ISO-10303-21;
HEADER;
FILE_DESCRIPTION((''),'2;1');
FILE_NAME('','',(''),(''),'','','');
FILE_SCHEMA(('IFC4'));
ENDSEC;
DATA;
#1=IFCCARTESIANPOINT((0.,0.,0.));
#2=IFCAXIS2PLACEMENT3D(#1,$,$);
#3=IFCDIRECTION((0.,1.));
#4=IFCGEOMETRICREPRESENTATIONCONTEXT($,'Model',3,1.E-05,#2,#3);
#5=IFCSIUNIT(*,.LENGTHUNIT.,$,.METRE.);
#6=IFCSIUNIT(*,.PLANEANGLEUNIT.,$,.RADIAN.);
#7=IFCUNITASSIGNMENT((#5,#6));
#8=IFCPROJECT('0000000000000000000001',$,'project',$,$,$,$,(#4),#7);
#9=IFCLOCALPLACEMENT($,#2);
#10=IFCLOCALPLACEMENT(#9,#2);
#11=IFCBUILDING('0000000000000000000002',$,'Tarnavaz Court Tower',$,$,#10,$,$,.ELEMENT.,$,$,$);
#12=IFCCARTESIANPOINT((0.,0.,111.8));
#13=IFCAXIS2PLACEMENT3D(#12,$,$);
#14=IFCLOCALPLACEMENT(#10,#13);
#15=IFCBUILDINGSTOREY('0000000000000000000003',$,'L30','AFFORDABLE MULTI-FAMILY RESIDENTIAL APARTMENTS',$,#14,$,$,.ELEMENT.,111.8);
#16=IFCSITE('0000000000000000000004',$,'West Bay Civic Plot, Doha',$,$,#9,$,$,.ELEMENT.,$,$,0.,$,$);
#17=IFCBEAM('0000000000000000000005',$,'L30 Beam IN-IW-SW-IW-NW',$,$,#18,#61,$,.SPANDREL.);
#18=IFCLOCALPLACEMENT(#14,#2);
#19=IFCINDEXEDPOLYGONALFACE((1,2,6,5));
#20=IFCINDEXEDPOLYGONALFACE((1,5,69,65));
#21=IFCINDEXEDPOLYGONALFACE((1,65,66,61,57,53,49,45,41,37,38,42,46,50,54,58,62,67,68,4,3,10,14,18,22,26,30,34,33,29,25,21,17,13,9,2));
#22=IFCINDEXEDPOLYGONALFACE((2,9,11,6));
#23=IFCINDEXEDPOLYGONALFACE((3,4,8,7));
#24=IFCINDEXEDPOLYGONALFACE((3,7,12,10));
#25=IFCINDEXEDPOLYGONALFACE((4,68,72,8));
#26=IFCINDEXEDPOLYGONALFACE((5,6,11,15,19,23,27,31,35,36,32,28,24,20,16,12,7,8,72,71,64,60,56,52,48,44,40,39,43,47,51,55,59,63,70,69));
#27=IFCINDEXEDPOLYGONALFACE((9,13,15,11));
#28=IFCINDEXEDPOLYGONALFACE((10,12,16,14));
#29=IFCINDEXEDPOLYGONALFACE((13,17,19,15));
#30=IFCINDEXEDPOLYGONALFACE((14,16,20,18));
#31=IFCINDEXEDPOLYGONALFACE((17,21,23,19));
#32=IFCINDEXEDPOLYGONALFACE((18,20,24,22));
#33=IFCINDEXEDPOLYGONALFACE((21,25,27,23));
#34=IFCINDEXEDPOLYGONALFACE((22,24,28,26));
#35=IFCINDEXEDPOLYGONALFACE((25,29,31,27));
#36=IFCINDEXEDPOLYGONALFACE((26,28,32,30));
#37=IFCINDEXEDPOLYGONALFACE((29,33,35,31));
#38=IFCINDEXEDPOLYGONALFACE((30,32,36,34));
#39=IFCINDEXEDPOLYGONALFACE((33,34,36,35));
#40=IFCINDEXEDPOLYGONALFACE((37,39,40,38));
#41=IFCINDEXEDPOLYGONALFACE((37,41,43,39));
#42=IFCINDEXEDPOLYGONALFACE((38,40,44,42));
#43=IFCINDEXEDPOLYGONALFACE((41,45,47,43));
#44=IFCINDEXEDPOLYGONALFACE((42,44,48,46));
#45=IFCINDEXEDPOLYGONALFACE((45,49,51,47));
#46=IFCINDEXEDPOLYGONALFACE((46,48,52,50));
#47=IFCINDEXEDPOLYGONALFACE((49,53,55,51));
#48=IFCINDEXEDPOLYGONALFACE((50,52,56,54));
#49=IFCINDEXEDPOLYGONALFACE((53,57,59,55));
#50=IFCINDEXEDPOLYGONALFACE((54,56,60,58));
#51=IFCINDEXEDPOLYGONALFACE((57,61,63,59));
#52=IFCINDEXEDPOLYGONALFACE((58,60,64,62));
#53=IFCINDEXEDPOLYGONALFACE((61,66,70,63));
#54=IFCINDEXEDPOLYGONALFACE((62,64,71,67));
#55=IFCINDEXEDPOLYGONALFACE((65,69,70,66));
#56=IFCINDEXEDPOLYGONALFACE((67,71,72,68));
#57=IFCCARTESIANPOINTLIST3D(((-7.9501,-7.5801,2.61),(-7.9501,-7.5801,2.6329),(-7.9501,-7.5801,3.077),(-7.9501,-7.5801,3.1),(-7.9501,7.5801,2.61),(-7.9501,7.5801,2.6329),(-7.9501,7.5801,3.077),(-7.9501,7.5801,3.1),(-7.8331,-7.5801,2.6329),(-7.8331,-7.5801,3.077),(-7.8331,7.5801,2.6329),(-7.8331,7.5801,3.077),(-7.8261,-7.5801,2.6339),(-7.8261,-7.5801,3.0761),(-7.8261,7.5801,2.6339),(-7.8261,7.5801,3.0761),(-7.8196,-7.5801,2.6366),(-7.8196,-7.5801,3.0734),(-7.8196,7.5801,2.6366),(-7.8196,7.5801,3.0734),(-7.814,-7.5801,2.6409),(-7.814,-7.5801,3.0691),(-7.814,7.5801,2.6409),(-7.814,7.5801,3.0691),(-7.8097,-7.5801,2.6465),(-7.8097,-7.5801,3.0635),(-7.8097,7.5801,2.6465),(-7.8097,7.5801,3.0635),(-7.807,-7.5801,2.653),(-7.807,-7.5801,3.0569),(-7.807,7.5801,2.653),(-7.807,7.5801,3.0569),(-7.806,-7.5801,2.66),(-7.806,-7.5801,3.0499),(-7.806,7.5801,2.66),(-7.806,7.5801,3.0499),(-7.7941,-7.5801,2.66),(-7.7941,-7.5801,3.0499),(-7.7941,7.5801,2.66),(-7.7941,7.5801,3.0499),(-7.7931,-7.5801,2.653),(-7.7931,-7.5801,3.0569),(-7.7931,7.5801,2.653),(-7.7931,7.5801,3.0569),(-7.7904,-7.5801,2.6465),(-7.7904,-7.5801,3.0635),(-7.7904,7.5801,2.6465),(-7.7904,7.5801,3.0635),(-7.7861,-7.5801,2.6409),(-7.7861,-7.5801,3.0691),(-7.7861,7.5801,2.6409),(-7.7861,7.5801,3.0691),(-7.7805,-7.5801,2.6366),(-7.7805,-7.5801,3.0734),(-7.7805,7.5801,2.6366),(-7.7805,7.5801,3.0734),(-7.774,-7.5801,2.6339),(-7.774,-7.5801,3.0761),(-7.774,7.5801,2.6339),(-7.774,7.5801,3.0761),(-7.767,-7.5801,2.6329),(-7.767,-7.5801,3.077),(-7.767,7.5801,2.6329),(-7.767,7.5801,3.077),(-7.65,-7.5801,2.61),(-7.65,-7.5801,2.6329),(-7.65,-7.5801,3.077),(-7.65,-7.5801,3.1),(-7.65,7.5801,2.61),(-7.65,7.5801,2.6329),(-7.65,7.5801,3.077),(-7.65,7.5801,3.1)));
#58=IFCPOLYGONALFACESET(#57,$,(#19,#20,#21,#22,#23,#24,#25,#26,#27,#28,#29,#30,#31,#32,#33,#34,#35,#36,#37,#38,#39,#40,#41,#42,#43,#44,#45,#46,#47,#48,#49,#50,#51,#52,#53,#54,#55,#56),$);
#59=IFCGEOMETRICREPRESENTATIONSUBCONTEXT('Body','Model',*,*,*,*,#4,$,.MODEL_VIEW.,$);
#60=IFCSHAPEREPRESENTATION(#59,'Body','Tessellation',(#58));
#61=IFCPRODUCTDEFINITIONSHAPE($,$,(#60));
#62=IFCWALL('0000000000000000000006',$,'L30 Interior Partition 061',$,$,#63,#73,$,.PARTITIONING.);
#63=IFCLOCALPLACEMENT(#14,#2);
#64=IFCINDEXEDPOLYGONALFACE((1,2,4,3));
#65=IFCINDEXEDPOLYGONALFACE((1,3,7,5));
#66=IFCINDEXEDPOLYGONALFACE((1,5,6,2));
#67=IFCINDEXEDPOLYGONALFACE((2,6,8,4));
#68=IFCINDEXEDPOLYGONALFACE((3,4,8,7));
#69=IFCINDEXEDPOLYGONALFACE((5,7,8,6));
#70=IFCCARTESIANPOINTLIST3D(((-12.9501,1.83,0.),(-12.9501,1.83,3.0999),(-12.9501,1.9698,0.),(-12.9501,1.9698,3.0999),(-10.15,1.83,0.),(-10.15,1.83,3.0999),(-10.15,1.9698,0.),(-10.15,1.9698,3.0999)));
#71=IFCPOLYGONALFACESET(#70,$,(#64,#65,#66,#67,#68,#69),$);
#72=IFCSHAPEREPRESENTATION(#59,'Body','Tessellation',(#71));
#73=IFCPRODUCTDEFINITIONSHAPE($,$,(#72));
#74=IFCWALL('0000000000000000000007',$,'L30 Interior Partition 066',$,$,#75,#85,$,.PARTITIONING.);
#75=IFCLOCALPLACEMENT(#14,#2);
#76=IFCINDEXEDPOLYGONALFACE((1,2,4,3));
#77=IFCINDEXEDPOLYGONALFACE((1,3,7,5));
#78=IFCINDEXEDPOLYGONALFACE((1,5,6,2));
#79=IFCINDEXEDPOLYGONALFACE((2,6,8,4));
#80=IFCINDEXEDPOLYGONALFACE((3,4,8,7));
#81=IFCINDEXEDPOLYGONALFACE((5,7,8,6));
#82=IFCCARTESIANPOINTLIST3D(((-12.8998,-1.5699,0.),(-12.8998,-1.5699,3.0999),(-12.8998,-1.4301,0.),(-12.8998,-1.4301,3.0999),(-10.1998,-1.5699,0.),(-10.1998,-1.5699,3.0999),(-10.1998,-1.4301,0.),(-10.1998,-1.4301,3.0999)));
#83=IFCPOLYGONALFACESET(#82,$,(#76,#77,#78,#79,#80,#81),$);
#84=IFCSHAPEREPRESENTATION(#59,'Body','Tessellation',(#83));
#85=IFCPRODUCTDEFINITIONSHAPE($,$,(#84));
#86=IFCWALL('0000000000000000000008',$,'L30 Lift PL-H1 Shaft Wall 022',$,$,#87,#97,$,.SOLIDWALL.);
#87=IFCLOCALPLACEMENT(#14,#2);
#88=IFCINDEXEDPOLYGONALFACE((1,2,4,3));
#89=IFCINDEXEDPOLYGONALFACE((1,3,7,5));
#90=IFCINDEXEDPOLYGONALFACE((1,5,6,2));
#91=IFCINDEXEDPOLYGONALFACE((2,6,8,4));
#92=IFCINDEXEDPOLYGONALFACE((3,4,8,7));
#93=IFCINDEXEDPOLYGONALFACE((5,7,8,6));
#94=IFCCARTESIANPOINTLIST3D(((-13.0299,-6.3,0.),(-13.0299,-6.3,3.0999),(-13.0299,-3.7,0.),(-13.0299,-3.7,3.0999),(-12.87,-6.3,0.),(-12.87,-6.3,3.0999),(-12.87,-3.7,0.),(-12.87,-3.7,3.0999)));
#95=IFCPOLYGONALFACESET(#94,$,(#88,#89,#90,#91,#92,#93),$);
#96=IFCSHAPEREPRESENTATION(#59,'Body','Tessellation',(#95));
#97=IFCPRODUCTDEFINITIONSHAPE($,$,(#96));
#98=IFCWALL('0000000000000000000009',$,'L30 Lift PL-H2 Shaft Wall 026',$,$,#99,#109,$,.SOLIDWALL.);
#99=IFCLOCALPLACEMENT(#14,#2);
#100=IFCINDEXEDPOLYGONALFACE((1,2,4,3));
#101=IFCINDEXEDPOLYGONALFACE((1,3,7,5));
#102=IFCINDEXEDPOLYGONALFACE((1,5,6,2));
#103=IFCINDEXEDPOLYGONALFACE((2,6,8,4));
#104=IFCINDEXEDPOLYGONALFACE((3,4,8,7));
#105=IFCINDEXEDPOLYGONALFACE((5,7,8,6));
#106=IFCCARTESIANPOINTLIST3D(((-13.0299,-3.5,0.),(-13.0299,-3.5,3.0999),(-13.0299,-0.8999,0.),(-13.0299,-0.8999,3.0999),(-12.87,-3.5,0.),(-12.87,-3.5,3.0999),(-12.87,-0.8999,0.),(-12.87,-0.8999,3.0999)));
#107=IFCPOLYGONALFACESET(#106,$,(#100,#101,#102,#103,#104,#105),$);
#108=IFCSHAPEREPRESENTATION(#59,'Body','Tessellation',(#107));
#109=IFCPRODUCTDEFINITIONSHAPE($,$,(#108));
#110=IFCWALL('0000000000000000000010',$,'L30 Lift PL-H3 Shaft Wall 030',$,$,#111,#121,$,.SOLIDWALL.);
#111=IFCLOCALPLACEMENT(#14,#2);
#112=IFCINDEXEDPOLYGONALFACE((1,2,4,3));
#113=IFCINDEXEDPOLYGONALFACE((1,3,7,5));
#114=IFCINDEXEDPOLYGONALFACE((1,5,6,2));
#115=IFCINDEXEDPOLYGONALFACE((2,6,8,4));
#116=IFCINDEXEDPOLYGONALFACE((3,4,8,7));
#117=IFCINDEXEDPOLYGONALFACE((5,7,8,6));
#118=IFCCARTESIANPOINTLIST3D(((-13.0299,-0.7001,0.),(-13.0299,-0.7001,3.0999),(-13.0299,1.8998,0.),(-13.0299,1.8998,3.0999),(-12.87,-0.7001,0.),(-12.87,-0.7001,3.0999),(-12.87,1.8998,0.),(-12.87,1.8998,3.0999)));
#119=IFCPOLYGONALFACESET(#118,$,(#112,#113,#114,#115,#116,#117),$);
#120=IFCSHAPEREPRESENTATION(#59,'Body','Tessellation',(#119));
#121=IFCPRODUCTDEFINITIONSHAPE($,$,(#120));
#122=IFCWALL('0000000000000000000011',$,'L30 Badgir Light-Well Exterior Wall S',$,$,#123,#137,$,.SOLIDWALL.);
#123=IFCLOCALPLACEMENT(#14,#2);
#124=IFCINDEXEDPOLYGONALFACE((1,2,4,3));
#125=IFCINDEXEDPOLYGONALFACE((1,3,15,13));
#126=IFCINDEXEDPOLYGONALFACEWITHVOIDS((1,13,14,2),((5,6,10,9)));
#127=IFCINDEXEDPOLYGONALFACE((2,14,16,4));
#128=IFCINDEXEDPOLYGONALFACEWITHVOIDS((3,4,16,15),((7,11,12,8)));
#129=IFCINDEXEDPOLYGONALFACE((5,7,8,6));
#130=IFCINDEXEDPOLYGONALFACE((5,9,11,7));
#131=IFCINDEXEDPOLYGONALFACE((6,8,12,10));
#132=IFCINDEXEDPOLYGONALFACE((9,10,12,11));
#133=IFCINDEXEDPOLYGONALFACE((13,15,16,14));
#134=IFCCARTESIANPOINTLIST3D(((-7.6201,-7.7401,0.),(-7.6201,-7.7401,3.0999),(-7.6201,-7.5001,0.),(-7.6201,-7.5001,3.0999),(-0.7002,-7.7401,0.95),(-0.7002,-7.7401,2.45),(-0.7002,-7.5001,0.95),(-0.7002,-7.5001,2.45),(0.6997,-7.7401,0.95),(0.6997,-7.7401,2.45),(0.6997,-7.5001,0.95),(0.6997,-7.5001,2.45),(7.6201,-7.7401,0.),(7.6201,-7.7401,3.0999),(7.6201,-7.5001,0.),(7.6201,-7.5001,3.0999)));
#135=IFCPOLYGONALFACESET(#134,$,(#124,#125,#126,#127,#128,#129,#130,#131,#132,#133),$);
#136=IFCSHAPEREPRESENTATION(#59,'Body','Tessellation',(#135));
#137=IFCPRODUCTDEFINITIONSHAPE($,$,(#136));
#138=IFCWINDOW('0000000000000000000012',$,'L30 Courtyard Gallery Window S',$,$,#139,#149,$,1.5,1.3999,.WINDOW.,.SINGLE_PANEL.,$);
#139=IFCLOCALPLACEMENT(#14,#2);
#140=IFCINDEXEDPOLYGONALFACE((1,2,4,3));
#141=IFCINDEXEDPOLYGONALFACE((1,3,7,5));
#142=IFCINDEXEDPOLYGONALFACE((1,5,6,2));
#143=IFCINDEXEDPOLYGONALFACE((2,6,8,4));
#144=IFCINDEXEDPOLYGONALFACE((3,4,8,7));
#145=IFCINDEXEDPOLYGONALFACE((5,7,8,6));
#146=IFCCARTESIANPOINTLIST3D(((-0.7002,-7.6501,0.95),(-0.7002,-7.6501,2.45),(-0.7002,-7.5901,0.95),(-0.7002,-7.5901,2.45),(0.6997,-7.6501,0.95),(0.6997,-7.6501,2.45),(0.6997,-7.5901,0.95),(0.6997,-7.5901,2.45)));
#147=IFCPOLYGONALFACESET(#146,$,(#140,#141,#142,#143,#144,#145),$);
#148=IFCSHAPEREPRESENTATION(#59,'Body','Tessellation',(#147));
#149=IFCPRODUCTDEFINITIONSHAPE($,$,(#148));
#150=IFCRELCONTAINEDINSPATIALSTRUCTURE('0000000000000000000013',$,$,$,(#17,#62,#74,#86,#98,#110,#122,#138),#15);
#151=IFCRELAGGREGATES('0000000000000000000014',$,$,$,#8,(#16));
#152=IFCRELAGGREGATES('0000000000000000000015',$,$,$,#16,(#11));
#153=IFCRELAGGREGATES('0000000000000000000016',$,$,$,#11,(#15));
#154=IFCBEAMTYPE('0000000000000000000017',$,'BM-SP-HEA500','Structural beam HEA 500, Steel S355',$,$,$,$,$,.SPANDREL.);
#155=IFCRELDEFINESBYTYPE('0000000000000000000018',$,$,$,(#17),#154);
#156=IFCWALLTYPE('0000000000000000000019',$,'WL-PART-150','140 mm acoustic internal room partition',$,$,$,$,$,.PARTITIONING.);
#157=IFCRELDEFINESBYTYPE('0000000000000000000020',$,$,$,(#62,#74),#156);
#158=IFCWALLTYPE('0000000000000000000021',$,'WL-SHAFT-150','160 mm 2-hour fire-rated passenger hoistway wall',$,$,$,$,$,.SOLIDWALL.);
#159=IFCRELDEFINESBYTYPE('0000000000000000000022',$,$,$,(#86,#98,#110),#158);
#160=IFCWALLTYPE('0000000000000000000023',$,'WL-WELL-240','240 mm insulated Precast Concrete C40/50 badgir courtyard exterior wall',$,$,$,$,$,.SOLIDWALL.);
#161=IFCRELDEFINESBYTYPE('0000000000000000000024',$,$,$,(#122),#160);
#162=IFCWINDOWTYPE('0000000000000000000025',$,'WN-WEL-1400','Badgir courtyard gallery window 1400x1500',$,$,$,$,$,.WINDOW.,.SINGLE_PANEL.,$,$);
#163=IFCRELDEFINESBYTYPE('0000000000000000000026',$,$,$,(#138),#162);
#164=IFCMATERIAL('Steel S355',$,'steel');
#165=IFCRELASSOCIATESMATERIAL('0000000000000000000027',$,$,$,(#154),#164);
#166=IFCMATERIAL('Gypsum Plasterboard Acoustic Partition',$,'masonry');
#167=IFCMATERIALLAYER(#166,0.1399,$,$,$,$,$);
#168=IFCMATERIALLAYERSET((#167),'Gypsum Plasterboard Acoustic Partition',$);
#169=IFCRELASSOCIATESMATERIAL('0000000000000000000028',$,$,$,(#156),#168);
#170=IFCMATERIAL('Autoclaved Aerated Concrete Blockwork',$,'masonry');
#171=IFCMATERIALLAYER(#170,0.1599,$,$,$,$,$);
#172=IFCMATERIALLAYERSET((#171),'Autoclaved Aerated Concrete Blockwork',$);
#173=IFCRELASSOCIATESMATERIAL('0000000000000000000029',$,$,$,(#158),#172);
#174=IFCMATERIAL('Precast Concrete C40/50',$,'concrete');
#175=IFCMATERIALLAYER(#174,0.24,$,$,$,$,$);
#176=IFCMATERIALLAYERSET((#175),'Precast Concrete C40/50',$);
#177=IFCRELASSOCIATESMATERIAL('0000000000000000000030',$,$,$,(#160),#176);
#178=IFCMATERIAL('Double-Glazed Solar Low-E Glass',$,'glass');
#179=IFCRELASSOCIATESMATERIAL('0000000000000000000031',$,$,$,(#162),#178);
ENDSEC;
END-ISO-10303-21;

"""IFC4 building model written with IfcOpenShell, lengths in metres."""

from ifc_helpers import new_model, si_unit, direction, frame, frame_2d, origin, origin_2d, place, context, subcontext, project, spatial, rectangle, i_section, extrude, material, layer, layer_set, material_profile, profile_set, type_object, element, fill, save


model = new_model("IFC4")

# Units and contexts
model_context = context("Model", 3, precision=1e-05, world=origin(), true_north=direction((0.0, 1.0)))
body_context = subcontext(model_context, "Body", "Model", "MODEL_VIEW")
ifc_project = project(units=[si_unit("LENGTHUNIT", "METRE"), si_unit("PLANEANGLEUNIT", "RADIAN")], contexts=[model_context])

# Site, building, storey
site_placement = place(None, origin())
site = spatial("IfcSite", under=ifc_project, at=site_placement, Name="West Bay Civic Plot, Doha", CompositionType="ELEMENT", RefElevation=0.0)
building_placement = place(site_placement, origin())
building = spatial("IfcBuilding", under=site, at=building_placement, Name="Tarnavaz Court Tower", CompositionType="ELEMENT")
storey_placement = place(building_placement, frame((0.0, 0.0, 111.8)))
storey = spatial("IfcBuildingStorey", under=building, at=storey_placement, Name="L30", Description="AFFORDABLE MULTI-FAMILY RESIDENTIAL APARTMENTS", CompositionType="ELEMENT", Elevation=111.8)

# Beam
ifc_material_1 = material(Name="Steel S355", Category="steel")
ifc_material_profile_1 = material_profile(ifc_material_1, i_section(OverallWidth=0.3, OverallDepth=0.49, WebThickness=0.012, FlangeThickness=0.0229, FilletRadius=0.0271, at=origin_2d()), Name="HEA 500")
ifc_profile_set_1 = profile_set([ifc_material_profile_1], Name="Steel S355")
beam_type_1 = type_object("IfcBeamType", Name="BM-SP-HEA500", Description="Structural beam HEA 500, Steel S355", PredefinedType="SPANDREL", material=ifc_profile_set_1)
for number, where, z_axis, x_axis, name in (
    (1, (-7.8, -7.5801, 2.855), (0.0, 1.0, 0.0), (-1.0, 0.0, 0.0), "L30 Beam IN-IW-SW-IW-NW"),
):
    element("IfcBeam", number, at=place(storey_placement, frame(where, z_axis=z_axis, x_axis=x_axis)), inside=storey, type_object=beam_type_1, Name=name, PredefinedType="SPANDREL", context=body_context, shape_type="SweptSolid", body=[
        extrude(i_section(OverallWidth=0.3, OverallDepth=0.49, WebThickness=0.012, FlangeThickness=0.0229, FilletRadius=0.0271, at=origin_2d()), origin(), (0.0, 0.0, 1.0), 15.1602),
    ])

# Wall
ifc_material_2 = material(Name="Gypsum Plasterboard Acoustic Partition", Category="masonry")
ifc_layer_1 = layer(ifc_material_2, 0.1399)
ifc_layer_set_1 = layer_set([ifc_layer_1], Name="Gypsum Plasterboard Acoustic Partition")
wall_type_1 = type_object("IfcWallType", Name="WL-PART-150", Description="140 mm acoustic internal room partition", PredefinedType="PARTITIONING", material=ifc_layer_set_1)
wall_1_placement = place(storey_placement, frame((-12.95, 1.8999, 0.0), z_axis=(0.0, 0.0, 1.0), x_axis=(1.0, 0.0, 0.0)))
element("IfcWall", 2, at=wall_1_placement, inside=storey, type_object=wall_type_1, Name="L30 Interior Partition 061", PredefinedType="PARTITIONING", context=body_context, shape_type="SweptSolid", body=[
    extrude(rectangle(XDim=2.8, YDim=0.1399, at=frame_2d((1.3999, 0.0))), origin(), (0.0, 0.0, 1.0), 3.0999),
])

# Walls
wall_2_placement = place(storey_placement, frame((-12.8999, -1.5, 0.0), z_axis=(0.0, 0.0, 1.0), x_axis=(1.0, 0.0, 0.0)))
element("IfcWall", 3, at=wall_2_placement, inside=storey, type_object=wall_type_1, Name="L30 Interior Partition 066", PredefinedType="PARTITIONING", context=body_context, shape_type="SweptSolid", body=[
    extrude(rectangle(XDim=2.7, YDim=0.1399, at=frame_2d((1.3501, 0.0))), origin(), (0.0, 0.0, 1.0), 3.0999),
])
ifc_material_3 = material(Name="Autoclaved Aerated Concrete Blockwork", Category="masonry")
ifc_layer_2 = layer(ifc_material_3, 0.1599)
ifc_layer_set_2 = layer_set([ifc_layer_2], Name="Autoclaved Aerated Concrete Blockwork")
wall_type_2 = type_object("IfcWallType", Name="WL-SHAFT-150", Description="160 mm 2-hour fire-rated passenger hoistway wall", PredefinedType="SOLIDWALL", material=ifc_layer_set_2)
for number, where, z_axis, x_axis, name in (
    (4, (-12.95, -6.3, 0.0), (0.0, 0.0, 1.0), (0.0, 1.0, 0.0), "L30 Lift PL-H1 Shaft Wall 022"),
    (5, (-12.95, -3.5, 0.0), (0.0, 0.0, 1.0), (0.0, 1.0, 0.0), "L30 Lift PL-H2 Shaft Wall 026"),
):
    element("IfcWall", number, at=place(storey_placement, frame(where, z_axis=z_axis, x_axis=x_axis)), inside=storey, type_object=wall_type_2, Name=name, PredefinedType="SOLIDWALL", context=body_context, shape_type="SweptSolid", body=[
        extrude(rectangle(XDim=2.6001, YDim=0.1599, at=frame_2d((1.3, 0.0))), origin(), (0.0, 0.0, 1.0), 3.0999),
    ])
wall_3_placement = place(storey_placement, frame((-12.95, -0.7, 0.0), z_axis=(0.0, 0.0, 1.0), x_axis=(0.0, 1.0, 0.0)))
element("IfcWall", 6, at=wall_3_placement, inside=storey, type_object=wall_type_2, Name="L30 Lift PL-H3 Shaft Wall 030", PredefinedType="SOLIDWALL", context=body_context, shape_type="SweptSolid", body=[
    extrude(rectangle(XDim=2.5999, YDim=0.1599, at=frame_2d((1.2998, 0.0))), origin(), (0.0, 0.0, 1.0), 3.0999),
])

# Wall, opening, window
ifc_material_4 = material(Name="Precast Concrete C40/50", Category="concrete")
ifc_layer_3 = layer(ifc_material_4, 0.24)
ifc_layer_set_3 = layer_set([ifc_layer_3], Name="Precast Concrete C40/50")
wall_type_3 = type_object("IfcWallType", Name="WL-WELL-240", Description="240 mm insulated Precast Concrete C40/50 badgir courtyard exterior wall", PredefinedType="SOLIDWALL", material=ifc_layer_set_3)
wall_4_placement = place(storey_placement, frame((-7.6201, -7.6201, 0.0), z_axis=(0.0, 0.0, 1.0), x_axis=(1.0, 0.0, 0.0)))
wall_4 = element("IfcWall", 7, at=wall_4_placement, inside=storey, type_object=wall_type_3, Name="L30 Badgir Light-Well Exterior Wall S", PredefinedType="SOLIDWALL", context=body_context, shape_type="SweptSolid", body=[
    extrude(rectangle(XDim=15.2402, YDim=0.24, at=frame_2d((7.6201, 0.0))), origin(), (0.0, 0.0, 1.0), 3.0999),
])
opening_1_placement = place(wall_4_placement, frame((6.9199, 0.0, 0.95)))
opening_1 = element("IfcOpeningElement", 8, at=opening_1_placement, cuts=wall_4, PredefinedType="OPENING", context=body_context, shape_type="SweptSolid", body=[
    extrude(rectangle(XDim=1.3999, YDim=1.5, at=frame_2d((0.7, 0.75))), frame((0.0, 0.1299, 0.0), z_axis=(0.0, -1.0, 0.0), x_axis=(1.0, 0.0, 0.0)), (0.0, 0.0, 1.0), 0.26),
])
ifc_material_5 = material(Name="Double-Glazed Solar Low-E Glass", Category="glass")
window_type = type_object("IfcWindowType", Name="WN-WEL-1400", Description="Badgir courtyard gallery window 1400x1500", PartitioningType="SINGLE_PANEL", PredefinedType="WINDOW", material=ifc_material_5)
window_placement = place(opening_1_placement, origin())
window = element("IfcWindow", 9, at=window_placement, inside=storey, type_object=window_type, Name="L30 Courtyard Gallery Window S", OverallHeight=1.5, OverallWidth=1.3999, PartitioningType="SINGLE_PANEL", PredefinedType="WINDOW", context=body_context, shape_type="SweptSolid", body=[
    extrude(rectangle(XDim=1.3999, YDim=1.5, at=frame_2d((0.7, 0.75))), frame((0.0, 0.03, 0.0), z_axis=(0.0, -1.0, 0.0), x_axis=(1.0, 0.0, 0.0)), (0.0, 0.0, 1.0), 0.0601),
])
fill(opening_1, window)

save(model, "model.ifc")
